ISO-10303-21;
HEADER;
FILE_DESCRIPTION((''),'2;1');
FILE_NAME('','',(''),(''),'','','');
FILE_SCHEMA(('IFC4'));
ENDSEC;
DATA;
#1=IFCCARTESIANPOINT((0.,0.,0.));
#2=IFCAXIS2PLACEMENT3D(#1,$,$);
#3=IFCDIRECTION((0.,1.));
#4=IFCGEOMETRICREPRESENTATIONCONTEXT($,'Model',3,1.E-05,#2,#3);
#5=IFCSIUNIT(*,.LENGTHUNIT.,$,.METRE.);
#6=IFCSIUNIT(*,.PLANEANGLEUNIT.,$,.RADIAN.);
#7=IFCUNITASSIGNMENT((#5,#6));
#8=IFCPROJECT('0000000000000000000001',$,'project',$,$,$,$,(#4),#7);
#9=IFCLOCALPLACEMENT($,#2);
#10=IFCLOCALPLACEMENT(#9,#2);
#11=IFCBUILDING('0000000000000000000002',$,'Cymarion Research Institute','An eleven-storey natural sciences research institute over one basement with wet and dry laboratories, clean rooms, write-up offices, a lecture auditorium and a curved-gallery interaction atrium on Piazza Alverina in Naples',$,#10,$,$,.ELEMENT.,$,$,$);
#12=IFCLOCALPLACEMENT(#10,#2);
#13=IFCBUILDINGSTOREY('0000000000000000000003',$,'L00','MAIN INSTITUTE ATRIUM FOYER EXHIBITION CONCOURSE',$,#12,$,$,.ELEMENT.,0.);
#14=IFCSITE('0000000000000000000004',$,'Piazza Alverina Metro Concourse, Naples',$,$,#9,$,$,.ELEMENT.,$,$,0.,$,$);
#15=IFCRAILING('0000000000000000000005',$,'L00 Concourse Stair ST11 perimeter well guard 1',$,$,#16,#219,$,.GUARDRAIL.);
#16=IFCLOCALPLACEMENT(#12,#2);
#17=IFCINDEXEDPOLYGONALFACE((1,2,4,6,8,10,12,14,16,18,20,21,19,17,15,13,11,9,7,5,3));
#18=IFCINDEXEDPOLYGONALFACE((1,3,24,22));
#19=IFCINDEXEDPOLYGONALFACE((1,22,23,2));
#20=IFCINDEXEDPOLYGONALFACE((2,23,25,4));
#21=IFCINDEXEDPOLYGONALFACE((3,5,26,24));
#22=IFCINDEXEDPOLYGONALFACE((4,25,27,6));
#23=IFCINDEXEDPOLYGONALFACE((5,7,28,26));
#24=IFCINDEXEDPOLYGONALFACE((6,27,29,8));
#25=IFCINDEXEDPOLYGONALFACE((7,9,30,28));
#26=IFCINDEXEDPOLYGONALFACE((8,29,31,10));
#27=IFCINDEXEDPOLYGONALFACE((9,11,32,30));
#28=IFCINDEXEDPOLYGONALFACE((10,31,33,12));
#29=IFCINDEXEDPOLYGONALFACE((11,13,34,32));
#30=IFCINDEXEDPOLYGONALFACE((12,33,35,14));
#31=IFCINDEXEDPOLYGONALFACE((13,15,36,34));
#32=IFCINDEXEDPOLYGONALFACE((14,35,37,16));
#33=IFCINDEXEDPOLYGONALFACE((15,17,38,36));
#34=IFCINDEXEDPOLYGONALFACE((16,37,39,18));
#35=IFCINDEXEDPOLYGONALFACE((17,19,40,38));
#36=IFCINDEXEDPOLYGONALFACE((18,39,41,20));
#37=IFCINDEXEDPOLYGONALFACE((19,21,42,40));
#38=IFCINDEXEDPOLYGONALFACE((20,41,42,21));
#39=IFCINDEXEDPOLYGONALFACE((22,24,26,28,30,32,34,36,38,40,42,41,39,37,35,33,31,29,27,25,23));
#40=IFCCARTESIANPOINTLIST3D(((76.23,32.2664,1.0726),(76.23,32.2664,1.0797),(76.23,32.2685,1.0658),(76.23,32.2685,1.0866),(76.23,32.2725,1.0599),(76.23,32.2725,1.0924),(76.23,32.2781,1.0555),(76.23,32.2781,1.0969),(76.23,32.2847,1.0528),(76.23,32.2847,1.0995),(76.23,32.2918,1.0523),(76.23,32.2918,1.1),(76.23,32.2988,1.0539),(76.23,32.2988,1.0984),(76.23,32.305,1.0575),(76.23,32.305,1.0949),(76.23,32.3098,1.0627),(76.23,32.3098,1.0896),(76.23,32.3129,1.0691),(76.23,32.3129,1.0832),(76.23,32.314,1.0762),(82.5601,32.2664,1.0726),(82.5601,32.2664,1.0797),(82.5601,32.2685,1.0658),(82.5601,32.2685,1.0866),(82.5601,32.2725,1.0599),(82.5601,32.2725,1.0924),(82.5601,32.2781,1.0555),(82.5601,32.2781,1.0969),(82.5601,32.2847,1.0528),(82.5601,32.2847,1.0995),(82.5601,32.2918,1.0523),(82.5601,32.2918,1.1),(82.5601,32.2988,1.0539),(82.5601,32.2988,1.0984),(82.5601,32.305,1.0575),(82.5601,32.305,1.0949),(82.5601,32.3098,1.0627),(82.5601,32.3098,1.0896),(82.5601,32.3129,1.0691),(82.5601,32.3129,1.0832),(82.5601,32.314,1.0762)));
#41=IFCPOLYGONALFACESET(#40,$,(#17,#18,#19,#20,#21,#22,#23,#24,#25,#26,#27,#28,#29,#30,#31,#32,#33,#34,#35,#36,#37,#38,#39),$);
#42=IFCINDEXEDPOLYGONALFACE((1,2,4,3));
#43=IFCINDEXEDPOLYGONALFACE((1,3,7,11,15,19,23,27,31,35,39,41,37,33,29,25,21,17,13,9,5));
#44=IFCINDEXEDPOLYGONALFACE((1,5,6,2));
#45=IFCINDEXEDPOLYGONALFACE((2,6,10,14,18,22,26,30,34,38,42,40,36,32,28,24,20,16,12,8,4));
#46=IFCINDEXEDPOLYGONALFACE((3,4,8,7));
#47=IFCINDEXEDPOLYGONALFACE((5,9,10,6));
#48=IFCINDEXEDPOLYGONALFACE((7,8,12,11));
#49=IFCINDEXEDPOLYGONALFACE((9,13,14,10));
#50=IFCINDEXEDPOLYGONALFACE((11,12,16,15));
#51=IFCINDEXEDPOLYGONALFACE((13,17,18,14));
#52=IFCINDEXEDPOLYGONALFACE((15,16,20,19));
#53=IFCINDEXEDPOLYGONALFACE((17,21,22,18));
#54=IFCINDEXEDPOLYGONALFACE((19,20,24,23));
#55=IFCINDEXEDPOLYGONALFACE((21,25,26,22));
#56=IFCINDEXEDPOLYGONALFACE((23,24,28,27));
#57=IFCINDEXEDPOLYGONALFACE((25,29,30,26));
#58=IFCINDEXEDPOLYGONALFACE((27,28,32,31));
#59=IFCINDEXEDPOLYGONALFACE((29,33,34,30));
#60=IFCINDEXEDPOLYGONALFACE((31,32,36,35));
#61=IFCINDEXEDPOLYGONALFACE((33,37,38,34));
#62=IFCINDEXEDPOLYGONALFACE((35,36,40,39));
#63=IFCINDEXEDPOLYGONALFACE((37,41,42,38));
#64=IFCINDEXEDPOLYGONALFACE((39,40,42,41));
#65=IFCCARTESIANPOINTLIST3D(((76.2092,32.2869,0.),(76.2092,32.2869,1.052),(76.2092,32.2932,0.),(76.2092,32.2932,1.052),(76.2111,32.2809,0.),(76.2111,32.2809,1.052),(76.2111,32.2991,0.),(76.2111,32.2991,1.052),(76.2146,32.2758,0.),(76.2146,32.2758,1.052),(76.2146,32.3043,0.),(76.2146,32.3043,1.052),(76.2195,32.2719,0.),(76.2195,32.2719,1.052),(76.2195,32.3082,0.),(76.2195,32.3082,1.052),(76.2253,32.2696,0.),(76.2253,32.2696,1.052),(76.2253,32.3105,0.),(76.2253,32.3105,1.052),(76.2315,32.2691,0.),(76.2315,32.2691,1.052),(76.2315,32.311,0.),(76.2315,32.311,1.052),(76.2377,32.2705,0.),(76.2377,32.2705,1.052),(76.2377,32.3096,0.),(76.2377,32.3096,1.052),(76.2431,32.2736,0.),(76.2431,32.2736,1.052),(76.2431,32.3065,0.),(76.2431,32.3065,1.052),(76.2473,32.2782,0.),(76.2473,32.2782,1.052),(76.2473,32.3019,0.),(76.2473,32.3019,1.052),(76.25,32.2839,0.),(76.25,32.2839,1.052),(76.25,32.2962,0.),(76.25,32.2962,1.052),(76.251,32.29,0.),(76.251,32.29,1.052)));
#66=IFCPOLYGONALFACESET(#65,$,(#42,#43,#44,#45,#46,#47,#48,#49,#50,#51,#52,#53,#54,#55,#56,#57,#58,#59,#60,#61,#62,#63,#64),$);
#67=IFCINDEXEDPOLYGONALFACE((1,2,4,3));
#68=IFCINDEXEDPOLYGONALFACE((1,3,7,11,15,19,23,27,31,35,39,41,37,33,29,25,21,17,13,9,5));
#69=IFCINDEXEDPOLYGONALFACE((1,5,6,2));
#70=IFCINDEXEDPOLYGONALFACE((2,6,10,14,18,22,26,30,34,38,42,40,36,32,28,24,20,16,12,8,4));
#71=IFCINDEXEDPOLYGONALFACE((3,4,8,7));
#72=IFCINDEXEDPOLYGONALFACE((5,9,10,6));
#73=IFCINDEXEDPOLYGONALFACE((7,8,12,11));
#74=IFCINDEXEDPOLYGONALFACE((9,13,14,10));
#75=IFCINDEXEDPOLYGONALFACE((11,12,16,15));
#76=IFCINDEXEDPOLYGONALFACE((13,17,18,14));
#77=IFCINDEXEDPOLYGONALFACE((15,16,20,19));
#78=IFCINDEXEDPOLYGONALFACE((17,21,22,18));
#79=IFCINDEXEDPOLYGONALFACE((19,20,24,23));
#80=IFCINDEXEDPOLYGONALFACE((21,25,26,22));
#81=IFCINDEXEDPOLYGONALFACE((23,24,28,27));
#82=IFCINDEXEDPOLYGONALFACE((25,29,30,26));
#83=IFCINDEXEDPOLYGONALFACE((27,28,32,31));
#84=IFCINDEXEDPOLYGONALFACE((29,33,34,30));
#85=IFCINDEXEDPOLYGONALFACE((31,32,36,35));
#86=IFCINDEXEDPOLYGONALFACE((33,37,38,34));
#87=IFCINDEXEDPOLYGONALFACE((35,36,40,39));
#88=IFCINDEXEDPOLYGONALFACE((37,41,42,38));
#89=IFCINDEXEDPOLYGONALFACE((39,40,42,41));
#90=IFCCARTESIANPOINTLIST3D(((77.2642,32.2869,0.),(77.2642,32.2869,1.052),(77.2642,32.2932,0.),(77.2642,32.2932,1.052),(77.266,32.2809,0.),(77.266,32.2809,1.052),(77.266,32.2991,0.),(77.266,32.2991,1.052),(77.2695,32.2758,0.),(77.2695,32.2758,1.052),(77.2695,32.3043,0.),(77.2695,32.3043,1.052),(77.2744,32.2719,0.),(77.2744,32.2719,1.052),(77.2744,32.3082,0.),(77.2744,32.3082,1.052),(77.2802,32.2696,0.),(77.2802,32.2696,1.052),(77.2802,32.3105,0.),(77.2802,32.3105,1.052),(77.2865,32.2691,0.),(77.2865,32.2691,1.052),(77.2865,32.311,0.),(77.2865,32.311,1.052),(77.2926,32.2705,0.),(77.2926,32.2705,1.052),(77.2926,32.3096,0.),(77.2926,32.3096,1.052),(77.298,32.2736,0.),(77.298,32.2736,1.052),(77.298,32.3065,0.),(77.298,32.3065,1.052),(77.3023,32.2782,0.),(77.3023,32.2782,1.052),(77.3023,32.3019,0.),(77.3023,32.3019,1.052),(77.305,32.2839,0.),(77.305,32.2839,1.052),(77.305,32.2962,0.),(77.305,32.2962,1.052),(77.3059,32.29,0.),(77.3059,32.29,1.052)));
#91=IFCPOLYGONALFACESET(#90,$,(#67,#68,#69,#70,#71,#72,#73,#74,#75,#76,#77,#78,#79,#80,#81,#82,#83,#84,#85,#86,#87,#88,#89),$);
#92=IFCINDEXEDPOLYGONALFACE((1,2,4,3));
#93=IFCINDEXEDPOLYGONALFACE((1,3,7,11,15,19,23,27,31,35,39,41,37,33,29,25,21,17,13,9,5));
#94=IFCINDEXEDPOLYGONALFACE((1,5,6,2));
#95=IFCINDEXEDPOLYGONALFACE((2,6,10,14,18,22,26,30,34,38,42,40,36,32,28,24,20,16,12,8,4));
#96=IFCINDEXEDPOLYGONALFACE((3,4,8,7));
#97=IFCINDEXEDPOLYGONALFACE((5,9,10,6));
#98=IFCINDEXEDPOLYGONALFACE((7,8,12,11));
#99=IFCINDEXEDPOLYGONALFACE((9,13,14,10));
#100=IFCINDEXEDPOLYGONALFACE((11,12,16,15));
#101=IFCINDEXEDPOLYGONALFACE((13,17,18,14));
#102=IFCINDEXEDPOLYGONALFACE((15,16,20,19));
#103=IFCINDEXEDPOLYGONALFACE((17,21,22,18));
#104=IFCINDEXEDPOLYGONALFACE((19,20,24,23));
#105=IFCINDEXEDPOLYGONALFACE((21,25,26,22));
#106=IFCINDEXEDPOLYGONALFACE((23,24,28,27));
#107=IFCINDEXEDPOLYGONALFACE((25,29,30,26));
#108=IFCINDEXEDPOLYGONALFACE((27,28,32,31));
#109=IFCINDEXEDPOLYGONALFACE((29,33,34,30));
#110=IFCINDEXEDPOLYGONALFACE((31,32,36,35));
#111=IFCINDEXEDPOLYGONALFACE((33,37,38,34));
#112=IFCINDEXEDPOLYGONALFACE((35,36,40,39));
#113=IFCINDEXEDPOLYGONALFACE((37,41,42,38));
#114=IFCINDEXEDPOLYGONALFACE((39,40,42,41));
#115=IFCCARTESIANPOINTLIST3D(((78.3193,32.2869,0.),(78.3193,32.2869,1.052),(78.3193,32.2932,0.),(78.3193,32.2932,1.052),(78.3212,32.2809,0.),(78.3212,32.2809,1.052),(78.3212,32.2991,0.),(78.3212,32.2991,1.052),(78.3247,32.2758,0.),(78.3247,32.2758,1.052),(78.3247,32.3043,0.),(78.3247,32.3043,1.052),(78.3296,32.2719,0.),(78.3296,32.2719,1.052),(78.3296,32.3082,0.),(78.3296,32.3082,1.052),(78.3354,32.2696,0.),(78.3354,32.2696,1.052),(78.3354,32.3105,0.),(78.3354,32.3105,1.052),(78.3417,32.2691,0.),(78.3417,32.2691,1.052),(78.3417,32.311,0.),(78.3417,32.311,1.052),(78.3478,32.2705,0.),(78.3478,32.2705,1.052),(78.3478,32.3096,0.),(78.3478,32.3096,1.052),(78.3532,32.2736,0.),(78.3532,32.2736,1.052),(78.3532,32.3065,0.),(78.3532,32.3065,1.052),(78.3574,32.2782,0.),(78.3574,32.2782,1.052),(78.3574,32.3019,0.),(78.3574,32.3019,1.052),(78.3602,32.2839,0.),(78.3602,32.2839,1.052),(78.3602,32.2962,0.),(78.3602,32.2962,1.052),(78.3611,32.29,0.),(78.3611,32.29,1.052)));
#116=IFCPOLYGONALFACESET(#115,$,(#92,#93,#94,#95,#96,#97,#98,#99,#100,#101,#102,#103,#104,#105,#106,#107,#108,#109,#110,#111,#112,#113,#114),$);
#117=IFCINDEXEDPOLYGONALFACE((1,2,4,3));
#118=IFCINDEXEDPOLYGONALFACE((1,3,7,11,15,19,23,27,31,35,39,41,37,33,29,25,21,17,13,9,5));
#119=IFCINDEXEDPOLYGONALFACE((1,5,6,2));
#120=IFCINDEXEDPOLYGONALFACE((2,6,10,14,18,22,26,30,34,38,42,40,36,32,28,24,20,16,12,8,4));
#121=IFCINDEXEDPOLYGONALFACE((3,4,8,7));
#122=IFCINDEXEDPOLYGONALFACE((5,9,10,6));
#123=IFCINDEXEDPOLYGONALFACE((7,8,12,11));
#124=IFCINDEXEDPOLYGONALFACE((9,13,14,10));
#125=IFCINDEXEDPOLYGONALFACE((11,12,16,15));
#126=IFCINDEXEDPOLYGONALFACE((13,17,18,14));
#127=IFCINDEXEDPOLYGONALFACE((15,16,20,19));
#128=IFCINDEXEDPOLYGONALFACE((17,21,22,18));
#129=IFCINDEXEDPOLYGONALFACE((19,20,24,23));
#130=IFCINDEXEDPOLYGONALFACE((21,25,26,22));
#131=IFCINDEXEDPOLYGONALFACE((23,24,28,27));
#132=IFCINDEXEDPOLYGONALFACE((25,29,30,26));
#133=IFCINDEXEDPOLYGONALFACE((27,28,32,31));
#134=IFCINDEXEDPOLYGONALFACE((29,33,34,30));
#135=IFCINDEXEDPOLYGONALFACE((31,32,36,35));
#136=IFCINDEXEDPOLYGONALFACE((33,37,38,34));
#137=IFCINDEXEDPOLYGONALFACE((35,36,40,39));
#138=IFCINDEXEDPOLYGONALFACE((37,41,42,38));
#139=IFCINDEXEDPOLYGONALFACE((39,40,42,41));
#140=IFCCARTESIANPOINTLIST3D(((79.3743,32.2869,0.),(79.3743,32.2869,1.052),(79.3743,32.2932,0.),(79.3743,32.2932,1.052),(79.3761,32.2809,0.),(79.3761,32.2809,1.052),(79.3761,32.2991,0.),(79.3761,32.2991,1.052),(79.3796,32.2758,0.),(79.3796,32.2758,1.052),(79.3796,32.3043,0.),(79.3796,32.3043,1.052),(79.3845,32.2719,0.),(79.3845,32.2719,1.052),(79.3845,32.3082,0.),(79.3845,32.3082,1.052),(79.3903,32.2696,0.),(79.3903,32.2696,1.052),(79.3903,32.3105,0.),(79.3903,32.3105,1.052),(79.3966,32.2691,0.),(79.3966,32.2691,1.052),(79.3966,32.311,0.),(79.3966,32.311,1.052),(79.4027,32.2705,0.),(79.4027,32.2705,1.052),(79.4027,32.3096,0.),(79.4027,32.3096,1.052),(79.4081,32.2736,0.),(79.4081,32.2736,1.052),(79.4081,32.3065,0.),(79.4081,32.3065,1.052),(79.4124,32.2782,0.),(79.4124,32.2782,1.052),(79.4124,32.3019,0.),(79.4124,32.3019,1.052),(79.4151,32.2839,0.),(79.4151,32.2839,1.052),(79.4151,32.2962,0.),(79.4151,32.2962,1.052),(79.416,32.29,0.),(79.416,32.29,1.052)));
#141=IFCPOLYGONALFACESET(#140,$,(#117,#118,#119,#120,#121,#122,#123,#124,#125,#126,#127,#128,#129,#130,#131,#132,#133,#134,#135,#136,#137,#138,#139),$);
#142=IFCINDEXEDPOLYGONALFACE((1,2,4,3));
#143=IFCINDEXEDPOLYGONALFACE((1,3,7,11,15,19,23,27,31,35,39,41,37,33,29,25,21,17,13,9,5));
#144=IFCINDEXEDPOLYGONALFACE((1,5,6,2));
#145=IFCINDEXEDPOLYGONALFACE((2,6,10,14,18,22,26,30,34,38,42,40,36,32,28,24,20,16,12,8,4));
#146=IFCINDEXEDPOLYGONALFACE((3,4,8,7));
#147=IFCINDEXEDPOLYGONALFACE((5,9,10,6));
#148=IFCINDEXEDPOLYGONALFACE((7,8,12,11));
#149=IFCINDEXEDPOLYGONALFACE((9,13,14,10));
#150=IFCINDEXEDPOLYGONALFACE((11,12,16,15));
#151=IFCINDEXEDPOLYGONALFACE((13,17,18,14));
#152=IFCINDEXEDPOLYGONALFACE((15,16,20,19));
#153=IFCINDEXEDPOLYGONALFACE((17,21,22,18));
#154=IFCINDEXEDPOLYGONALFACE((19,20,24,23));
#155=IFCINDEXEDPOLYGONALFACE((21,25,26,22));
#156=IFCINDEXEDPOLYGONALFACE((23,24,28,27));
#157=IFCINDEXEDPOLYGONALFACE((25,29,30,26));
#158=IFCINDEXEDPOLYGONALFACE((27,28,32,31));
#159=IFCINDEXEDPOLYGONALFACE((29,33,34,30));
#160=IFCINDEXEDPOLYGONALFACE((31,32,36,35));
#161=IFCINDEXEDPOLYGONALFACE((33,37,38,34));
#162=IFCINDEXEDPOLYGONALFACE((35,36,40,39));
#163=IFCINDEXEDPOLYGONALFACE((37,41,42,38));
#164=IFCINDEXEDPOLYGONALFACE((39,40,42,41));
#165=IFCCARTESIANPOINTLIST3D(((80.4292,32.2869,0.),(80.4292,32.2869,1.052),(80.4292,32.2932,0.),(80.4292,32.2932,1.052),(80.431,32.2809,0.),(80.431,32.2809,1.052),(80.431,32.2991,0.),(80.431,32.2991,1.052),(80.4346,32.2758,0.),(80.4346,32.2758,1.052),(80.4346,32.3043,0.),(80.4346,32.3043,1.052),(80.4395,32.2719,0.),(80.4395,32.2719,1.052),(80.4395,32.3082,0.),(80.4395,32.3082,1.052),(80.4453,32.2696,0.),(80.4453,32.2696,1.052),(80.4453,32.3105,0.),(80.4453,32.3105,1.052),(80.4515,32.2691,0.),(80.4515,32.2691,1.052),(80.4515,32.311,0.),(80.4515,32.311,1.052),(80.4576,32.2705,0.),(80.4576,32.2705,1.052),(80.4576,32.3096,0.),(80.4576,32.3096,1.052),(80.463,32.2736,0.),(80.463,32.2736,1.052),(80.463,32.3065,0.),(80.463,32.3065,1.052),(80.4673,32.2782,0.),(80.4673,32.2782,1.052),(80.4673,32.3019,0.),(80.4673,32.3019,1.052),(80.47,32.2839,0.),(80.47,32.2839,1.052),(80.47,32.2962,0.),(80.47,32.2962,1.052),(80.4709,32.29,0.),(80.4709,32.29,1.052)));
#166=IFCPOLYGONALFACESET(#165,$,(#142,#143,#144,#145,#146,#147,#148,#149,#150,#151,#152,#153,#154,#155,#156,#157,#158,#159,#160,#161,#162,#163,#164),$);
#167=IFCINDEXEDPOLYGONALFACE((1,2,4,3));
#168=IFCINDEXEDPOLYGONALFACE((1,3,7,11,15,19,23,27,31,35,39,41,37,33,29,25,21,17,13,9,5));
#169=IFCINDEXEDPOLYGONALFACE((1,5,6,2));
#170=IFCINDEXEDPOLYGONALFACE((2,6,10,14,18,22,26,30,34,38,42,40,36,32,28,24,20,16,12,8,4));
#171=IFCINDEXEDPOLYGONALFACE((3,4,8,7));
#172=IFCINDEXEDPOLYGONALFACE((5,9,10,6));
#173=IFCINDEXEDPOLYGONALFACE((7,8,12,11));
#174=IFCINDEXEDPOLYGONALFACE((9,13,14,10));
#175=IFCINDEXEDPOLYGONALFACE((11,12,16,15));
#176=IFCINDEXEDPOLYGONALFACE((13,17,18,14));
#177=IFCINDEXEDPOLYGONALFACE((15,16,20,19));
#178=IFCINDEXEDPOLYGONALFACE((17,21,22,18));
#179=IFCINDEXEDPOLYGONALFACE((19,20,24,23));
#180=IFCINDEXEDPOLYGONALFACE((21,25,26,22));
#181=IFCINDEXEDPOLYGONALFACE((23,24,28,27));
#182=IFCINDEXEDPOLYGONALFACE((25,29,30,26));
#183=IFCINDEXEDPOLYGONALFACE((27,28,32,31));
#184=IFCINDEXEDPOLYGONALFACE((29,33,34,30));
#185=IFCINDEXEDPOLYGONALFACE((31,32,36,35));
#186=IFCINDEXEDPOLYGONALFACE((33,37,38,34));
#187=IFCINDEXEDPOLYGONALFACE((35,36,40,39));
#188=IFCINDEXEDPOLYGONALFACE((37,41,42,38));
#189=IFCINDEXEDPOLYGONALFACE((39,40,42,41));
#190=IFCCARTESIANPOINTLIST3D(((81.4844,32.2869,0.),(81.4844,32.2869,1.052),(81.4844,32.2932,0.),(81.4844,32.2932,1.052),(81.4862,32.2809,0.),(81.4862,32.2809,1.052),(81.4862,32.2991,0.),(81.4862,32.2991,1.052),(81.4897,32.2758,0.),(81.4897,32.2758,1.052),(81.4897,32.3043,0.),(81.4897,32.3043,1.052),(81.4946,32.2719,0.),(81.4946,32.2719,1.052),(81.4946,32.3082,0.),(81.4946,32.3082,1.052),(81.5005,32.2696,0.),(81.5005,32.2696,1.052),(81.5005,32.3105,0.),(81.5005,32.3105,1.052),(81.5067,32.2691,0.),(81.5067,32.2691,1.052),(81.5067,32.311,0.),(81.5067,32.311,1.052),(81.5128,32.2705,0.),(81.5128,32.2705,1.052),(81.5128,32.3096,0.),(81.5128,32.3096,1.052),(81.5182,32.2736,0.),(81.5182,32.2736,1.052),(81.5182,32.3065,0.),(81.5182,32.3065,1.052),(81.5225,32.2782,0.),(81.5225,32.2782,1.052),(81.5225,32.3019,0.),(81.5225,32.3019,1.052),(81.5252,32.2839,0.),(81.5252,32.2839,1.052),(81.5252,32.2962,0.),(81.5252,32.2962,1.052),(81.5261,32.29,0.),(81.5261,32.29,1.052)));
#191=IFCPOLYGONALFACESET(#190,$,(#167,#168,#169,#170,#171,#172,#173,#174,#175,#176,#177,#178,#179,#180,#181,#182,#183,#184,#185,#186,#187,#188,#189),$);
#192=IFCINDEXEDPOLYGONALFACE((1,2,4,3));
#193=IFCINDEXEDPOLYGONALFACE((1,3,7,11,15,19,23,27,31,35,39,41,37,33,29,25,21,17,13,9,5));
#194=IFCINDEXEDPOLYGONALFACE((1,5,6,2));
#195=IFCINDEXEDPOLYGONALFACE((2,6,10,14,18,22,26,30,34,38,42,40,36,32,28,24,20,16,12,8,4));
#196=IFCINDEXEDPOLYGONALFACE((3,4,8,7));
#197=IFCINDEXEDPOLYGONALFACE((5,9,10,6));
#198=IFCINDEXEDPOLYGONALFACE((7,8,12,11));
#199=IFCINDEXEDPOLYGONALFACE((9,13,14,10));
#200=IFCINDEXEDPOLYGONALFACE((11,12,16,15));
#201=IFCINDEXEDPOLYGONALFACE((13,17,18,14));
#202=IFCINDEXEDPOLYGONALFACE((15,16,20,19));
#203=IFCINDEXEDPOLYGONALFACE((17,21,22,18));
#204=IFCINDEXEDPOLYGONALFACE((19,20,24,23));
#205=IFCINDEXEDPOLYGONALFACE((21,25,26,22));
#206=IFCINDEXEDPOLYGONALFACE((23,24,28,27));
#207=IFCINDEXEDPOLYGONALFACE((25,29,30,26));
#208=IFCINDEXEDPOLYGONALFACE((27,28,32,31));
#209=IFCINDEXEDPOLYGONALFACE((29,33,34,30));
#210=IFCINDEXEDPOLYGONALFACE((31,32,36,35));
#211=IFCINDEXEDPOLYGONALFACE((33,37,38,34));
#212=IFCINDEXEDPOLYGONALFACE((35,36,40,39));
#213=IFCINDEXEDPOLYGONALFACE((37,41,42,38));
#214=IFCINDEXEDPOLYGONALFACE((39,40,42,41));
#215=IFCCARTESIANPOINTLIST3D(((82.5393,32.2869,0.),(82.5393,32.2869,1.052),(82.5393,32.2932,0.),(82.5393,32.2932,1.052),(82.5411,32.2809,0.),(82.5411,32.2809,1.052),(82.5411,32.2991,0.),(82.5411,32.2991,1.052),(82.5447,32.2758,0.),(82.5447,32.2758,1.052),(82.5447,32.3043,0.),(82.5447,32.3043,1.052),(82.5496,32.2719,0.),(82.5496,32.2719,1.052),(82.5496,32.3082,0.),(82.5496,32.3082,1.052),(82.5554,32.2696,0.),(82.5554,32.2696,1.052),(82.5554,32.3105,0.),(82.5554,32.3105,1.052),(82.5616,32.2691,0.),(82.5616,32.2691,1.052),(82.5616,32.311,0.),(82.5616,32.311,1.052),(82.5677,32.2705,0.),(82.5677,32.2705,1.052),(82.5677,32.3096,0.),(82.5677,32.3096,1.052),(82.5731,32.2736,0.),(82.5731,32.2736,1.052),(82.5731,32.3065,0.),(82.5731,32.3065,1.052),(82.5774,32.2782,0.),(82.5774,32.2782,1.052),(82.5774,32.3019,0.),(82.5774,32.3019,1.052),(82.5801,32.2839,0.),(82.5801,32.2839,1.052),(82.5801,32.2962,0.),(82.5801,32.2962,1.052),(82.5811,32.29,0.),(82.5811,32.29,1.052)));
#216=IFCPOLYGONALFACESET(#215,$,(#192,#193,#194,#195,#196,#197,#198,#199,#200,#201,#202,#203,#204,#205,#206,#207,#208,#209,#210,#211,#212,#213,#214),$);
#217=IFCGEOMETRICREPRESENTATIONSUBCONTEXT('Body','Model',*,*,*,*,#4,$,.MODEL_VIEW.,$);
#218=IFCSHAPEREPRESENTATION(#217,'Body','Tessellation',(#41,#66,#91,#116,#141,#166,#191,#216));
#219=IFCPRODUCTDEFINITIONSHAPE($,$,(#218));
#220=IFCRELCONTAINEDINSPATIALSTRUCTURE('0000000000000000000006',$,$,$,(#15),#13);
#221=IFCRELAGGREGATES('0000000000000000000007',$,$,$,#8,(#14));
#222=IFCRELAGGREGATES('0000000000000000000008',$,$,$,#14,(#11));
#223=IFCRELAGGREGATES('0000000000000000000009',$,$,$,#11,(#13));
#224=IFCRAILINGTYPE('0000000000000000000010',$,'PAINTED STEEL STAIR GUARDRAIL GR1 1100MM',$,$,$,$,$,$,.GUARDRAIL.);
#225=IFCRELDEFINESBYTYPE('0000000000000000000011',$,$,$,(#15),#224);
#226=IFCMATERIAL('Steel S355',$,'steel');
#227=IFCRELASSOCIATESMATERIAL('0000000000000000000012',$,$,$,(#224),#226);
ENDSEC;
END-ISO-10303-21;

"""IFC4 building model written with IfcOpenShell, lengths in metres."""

from ifc_helpers import new_model, si_unit, direction, frame, origin, origin_2d, place, context, subcontext, project, spatial, circle, extrude, material, type_object, element, save


model = new_model("IFC4")

# Units and contexts
model_context = context("Model", 3, precision=1e-05, world=origin(), true_north=direction((0.0, 1.0)))
body_context = subcontext(model_context, "Body", "Model", "MODEL_VIEW")
ifc_project = project(units=[si_unit("LENGTHUNIT", "METRE"), si_unit("PLANEANGLEUNIT", "RADIAN")], contexts=[model_context])

# Site, building, storey
site_placement = place(None, origin())
site = spatial("IfcSite", under=ifc_project, at=site_placement, Name="Piazza Alverina Metro Concourse, Naples", CompositionType="ELEMENT", RefElevation=0.0)
building_placement = place(site_placement, origin())
building = spatial("IfcBuilding", under=site, at=building_placement, Name="Cymarion Research Institute", Description="An eleven-storey natural sciences research institute over one basement with wet and dry laboratories, clean rooms, write-up offices, a lecture auditorium and a curved-gallery interaction atrium on Piazza Alverina in Naples", CompositionType="ELEMENT")
storey_placement = place(building_placement, origin())
storey = spatial("IfcBuildingStorey", under=building, at=storey_placement, Name="L00", Description="MAIN INSTITUTE ATRIUM FOYER EXHIBITION CONCOURSE", CompositionType="ELEMENT", Elevation=0.0)

# Shared definitions
ifc_material_1 = material(Name="Steel S355", Category="steel")

# Railing
railing_type = type_object("IfcRailingType", Name="PAINTED STEEL STAIR GUARDRAIL GR1 1100MM", PredefinedType="GUARDRAIL", material=ifc_material_1)
railing_1_placement = place(storey_placement, frame((76.23, 32.29, 0.0)))
element("IfcRailing", 1, at=railing_1_placement, inside=storey, type_object=railing_type, Name="L00 Concourse Stair ST11 perimeter well guard 1", PredefinedType="GUARDRAIL", context=body_context, shape_type="SweptSolid", body=[
    extrude(circle(Radius=0.0239, at=origin_2d()), frame((0.0, 0.0, 1.0762), z_axis=(1.0, 0.0, 0.0), x_axis=(0.0, 1.0, 0.0)), (0.0, 0.0, 1.0), 6.3301),
    extrude(circle(Radius=0.021, at=origin_2d()), origin(), (0.0, 0.0, 1.0), 1.052),
    extrude(circle(Radius=0.021, at=origin_2d()), frame((1.0549, 0.0, 0.0)), (0.0, 0.0, 1.0), 1.052),
    extrude(circle(Radius=0.021, at=origin_2d()), frame((2.1101, 0.0, 0.0)), (0.0, 0.0, 1.0), 1.052),
    extrude(circle(Radius=0.021, at=origin_2d()), frame((3.165, 0.0, 0.0)), (0.0, 0.0, 1.0), 1.052),
    extrude(circle(Radius=0.021, at=origin_2d()), frame((4.22, 0.0, 0.0)), (0.0, 0.0, 1.0), 1.052),
    extrude(circle(Radius=0.021, at=origin_2d()), frame((5.2751, 0.0, 0.0)), (0.0, 0.0, 1.0), 1.052),
    extrude(circle(Radius=0.021, at=origin_2d()), frame((6.3301, 0.0, 0.0)), (0.0, 0.0, 1.0), 1.052),
])

save(model, "model.ifc")
